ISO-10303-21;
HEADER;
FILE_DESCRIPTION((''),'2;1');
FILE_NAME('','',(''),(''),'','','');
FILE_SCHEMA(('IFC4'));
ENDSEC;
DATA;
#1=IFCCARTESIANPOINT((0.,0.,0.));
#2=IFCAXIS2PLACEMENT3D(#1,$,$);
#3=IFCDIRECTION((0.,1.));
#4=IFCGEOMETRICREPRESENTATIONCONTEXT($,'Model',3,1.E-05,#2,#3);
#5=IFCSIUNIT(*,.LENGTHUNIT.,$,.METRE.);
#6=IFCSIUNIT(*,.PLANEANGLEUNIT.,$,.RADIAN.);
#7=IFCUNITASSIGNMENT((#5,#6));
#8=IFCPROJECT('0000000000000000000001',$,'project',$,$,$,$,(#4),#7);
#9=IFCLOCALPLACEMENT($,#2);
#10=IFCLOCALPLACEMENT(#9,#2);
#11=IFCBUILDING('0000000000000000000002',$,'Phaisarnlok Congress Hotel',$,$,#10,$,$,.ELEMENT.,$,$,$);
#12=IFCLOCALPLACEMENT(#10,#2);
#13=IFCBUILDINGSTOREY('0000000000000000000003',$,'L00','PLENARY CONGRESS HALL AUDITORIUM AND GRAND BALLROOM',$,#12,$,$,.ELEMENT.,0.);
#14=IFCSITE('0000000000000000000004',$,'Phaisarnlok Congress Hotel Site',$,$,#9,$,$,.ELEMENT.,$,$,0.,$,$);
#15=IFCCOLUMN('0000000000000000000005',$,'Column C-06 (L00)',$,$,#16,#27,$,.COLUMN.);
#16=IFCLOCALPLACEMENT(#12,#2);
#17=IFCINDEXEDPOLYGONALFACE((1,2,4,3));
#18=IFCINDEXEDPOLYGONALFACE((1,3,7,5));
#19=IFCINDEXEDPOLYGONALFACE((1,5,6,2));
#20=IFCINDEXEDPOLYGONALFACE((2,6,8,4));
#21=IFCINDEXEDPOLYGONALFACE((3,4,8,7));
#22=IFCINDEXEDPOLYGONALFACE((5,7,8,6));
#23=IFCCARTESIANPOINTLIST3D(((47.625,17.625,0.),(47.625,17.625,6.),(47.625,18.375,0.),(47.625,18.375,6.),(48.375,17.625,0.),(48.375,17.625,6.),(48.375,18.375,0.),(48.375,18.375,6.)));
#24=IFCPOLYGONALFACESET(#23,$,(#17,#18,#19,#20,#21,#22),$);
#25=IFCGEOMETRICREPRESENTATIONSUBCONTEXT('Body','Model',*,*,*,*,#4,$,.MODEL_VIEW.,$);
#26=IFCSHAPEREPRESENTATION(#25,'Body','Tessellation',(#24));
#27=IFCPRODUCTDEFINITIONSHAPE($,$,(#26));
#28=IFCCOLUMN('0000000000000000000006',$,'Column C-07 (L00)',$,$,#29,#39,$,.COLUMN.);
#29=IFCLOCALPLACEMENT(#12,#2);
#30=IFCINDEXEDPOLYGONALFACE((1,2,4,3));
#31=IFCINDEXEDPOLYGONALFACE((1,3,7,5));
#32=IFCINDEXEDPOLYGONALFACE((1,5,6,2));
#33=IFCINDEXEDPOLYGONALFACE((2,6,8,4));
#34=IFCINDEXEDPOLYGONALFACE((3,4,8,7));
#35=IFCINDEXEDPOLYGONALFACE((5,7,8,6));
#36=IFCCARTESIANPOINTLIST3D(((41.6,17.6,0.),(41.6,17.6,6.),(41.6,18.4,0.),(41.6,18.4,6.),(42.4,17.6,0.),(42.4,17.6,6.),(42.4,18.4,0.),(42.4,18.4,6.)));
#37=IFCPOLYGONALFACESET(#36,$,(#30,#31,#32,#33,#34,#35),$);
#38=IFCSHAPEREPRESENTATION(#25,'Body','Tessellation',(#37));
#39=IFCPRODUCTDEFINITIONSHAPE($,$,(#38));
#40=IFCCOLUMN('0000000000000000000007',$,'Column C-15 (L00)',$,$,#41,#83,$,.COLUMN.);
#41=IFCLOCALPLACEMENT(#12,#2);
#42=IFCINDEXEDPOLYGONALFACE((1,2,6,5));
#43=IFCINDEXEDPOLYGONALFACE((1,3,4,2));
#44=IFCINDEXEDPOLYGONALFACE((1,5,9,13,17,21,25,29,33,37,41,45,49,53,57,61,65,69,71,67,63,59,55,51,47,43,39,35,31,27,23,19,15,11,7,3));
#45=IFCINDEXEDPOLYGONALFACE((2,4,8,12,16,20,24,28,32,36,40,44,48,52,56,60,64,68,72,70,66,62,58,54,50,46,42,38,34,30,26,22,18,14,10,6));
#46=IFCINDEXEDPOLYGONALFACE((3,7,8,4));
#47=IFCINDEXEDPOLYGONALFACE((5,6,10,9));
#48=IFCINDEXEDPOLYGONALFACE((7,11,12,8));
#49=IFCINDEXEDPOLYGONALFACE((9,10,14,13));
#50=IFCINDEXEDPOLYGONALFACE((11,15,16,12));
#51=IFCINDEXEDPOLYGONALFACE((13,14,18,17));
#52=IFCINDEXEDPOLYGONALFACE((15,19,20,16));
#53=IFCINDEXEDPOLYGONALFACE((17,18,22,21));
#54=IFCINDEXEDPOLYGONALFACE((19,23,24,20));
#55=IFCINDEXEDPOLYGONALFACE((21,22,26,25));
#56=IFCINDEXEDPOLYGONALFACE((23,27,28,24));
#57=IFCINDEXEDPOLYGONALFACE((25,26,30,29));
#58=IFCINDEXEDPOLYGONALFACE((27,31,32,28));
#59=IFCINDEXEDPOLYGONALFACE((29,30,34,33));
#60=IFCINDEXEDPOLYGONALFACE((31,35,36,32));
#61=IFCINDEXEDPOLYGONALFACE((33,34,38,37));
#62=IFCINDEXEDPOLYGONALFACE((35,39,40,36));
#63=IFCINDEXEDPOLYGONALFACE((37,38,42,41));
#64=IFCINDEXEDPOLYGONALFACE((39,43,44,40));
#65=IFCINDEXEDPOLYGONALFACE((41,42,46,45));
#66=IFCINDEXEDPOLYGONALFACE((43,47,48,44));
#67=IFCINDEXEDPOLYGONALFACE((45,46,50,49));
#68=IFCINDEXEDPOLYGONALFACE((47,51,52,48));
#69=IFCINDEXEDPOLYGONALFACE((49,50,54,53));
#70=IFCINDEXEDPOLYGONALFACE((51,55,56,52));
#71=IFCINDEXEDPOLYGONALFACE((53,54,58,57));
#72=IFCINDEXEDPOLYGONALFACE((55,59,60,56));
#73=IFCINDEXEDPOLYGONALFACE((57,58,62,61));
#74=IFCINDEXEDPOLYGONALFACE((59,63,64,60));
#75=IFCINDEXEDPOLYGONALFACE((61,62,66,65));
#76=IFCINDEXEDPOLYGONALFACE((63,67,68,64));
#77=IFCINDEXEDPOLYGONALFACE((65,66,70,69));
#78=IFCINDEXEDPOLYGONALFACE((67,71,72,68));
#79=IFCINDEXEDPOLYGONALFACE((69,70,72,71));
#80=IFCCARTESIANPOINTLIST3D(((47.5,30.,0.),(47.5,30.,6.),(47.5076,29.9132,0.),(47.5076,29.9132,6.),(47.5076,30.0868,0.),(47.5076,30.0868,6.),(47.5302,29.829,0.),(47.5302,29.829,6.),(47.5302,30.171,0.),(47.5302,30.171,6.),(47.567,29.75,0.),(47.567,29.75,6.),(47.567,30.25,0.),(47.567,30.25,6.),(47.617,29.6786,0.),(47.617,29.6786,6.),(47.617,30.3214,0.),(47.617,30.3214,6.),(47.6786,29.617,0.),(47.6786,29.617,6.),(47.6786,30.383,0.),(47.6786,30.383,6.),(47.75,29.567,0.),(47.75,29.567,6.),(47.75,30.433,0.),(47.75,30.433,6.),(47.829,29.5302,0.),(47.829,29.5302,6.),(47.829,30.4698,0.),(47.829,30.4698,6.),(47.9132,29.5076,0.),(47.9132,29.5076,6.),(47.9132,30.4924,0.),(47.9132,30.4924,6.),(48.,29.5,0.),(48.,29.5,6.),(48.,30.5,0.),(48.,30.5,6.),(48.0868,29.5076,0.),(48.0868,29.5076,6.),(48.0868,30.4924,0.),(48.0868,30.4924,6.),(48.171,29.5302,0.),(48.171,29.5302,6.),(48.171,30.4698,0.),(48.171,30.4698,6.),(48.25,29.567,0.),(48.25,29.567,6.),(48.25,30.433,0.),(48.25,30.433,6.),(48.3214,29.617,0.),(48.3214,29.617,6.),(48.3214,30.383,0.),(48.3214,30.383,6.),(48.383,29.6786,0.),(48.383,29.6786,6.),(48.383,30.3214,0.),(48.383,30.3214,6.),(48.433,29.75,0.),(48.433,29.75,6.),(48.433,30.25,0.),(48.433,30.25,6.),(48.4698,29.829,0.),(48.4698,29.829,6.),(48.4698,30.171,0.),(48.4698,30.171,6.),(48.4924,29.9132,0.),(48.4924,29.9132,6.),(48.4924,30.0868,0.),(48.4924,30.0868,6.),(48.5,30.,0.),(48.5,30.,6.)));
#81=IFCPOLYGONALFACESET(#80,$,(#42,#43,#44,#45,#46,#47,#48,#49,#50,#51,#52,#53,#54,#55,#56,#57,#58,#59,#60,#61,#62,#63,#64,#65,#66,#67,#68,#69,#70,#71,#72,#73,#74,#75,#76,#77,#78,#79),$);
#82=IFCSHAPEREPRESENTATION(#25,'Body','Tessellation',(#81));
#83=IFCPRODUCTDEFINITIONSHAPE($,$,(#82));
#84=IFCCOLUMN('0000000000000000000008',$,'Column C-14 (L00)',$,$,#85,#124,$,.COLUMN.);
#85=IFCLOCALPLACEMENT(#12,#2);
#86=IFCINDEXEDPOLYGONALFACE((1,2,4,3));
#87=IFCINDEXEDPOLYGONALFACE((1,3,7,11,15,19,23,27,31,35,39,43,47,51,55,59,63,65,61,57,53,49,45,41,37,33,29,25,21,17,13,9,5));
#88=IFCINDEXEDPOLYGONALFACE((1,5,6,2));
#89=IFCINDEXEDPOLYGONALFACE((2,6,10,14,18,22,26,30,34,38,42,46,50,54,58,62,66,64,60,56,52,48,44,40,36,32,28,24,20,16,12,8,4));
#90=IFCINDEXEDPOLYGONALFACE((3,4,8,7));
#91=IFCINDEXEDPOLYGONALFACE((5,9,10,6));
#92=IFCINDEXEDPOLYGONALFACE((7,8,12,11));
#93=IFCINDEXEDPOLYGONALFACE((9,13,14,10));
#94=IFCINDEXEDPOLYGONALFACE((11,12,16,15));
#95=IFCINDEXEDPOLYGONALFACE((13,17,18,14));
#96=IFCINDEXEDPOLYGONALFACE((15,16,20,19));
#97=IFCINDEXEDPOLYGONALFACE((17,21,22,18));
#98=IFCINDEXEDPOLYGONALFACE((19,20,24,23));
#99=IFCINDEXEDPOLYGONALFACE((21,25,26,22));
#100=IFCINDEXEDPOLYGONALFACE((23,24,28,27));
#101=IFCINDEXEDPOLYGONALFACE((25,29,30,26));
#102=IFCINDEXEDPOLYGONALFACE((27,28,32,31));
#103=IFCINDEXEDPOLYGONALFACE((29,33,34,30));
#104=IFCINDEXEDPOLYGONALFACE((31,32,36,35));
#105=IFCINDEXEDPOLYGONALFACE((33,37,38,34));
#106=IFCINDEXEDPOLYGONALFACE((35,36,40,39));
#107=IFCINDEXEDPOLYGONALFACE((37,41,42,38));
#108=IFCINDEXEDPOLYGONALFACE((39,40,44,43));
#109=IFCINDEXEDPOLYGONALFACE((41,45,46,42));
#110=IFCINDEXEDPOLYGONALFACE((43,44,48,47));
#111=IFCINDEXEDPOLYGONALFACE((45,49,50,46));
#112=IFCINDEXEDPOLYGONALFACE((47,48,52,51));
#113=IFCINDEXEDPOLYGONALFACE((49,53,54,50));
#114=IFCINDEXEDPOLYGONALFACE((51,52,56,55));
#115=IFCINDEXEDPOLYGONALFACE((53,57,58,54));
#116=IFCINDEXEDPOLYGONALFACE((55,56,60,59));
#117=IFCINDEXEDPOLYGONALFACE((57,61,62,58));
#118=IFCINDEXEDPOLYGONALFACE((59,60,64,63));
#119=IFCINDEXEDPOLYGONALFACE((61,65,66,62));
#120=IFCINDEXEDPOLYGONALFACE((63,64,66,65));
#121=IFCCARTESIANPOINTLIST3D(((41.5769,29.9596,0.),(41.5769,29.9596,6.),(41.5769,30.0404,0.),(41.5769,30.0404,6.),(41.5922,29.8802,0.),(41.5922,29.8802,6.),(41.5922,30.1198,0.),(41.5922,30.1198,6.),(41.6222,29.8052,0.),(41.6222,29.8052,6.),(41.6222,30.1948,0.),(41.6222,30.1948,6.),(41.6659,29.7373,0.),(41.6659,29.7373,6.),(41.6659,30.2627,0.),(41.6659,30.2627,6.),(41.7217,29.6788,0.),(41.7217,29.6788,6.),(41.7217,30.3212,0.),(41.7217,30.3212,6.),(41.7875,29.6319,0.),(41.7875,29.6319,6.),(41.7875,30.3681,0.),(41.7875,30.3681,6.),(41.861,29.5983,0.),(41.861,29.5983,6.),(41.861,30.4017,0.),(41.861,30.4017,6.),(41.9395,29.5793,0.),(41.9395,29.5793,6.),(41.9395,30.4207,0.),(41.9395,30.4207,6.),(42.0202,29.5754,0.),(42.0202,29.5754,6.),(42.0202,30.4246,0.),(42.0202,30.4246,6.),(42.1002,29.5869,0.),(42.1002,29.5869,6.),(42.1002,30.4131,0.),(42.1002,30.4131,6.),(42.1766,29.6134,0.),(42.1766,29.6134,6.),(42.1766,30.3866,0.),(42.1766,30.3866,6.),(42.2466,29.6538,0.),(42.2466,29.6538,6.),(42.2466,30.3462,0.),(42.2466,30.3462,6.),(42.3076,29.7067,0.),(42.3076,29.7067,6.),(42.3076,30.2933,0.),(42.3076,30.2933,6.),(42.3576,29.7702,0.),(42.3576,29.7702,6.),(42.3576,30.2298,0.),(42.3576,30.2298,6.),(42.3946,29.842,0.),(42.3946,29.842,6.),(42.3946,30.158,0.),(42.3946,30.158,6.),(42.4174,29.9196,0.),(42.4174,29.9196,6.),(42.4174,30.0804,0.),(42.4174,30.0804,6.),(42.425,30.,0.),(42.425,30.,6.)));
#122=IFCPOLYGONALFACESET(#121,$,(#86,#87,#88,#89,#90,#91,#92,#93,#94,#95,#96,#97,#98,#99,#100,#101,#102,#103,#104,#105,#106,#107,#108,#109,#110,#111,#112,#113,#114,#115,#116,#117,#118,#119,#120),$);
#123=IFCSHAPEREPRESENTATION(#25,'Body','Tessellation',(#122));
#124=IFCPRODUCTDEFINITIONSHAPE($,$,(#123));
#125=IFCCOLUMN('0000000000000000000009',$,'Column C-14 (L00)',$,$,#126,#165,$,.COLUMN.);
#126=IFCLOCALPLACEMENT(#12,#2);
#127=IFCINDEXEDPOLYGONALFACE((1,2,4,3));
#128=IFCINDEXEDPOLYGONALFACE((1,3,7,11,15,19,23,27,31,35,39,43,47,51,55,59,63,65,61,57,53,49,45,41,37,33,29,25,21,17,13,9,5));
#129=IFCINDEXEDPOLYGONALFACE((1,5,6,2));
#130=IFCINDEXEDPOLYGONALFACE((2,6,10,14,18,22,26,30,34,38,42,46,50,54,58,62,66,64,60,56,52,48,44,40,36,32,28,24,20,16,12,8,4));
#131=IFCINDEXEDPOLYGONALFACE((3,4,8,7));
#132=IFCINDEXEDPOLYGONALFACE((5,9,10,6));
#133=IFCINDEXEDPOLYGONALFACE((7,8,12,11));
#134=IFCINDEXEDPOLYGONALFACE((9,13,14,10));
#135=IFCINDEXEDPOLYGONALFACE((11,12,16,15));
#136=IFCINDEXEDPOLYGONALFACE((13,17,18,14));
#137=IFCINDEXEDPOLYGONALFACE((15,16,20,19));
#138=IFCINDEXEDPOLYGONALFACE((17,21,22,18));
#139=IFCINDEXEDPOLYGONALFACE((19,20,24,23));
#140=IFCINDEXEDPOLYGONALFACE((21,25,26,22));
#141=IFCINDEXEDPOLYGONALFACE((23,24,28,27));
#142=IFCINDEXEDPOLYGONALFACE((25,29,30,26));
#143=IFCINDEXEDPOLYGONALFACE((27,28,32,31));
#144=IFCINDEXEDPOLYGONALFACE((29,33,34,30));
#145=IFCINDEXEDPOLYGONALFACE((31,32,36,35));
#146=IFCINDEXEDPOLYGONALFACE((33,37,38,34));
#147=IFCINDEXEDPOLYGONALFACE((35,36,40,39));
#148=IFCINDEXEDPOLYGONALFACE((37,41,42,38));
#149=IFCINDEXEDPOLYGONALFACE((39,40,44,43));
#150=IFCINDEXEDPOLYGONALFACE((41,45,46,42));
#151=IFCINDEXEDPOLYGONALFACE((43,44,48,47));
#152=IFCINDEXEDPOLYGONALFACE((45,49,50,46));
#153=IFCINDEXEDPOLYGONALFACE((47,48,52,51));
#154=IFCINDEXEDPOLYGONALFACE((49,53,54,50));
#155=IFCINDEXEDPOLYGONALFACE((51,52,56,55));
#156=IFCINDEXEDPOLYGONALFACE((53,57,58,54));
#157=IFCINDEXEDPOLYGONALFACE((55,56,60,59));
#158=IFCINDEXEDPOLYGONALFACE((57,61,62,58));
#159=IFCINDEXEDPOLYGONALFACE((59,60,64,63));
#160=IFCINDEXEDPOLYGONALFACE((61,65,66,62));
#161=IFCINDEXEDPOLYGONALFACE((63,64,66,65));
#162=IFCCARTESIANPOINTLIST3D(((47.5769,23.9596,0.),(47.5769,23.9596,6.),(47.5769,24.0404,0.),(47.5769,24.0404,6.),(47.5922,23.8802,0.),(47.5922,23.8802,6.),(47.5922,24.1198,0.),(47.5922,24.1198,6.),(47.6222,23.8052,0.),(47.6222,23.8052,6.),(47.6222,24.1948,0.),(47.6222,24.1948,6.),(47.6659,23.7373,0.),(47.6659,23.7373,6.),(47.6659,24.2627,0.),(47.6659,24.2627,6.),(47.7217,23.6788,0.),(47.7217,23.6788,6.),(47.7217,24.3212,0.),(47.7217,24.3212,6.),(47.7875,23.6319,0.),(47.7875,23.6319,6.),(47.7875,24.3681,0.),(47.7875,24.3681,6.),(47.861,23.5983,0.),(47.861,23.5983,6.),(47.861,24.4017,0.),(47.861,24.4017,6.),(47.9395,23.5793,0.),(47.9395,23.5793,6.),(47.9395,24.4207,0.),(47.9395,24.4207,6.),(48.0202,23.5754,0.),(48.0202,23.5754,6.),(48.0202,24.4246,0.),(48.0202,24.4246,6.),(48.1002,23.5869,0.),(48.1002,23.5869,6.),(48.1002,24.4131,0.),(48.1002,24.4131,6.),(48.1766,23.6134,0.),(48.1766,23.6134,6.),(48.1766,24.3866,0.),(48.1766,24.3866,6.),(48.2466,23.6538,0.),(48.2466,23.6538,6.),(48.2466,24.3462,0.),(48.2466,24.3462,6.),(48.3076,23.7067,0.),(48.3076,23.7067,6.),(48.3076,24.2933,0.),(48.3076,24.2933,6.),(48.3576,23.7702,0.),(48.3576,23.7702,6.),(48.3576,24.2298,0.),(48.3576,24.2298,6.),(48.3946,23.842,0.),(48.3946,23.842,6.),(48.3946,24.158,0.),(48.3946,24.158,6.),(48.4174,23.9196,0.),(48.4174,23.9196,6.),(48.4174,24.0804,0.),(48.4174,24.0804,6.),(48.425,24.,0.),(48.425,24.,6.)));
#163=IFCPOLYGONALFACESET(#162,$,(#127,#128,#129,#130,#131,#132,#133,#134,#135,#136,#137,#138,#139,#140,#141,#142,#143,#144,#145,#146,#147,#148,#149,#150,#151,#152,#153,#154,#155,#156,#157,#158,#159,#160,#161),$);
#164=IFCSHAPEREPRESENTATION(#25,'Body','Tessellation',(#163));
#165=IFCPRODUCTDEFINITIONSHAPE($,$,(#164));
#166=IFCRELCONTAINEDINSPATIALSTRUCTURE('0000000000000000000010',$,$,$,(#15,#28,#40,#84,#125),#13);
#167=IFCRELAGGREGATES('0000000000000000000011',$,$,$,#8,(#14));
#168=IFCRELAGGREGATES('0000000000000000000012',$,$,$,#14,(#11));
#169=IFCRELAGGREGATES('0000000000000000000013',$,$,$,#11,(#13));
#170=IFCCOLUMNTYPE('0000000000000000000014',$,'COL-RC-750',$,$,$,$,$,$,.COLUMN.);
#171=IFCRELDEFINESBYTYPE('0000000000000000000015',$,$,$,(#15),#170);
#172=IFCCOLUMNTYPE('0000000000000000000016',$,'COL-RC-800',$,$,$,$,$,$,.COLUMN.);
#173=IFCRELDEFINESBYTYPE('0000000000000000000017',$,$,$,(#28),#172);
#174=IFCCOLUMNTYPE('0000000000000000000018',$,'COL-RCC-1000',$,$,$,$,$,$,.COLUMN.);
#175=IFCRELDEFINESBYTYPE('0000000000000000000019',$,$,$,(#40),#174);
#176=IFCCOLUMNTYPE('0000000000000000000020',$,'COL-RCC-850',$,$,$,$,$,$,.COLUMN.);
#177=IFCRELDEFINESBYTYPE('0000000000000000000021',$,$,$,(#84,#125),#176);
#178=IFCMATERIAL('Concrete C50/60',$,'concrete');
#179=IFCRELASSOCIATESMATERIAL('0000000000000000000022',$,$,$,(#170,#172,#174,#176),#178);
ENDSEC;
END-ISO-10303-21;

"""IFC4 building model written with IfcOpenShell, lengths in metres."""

from ifc_helpers import new_model, si_unit, direction, frame, origin, origin_2d, place, context, subcontext, project, spatial, rectangle, circle, extrude, material, material_profile, profile_set, type_object, element, save


model = new_model("IFC4")

# Units and contexts
model_context = context("Model", 3, precision=1e-05, world=origin(), true_north=direction((0.0, 1.0)))
body_context = subcontext(model_context, "Body", "Model", "MODEL_VIEW")
ifc_project = project(units=[si_unit("LENGTHUNIT", "METRE"), si_unit("PLANEANGLEUNIT", "RADIAN")], contexts=[model_context])

# Site, building, storey
site_placement = place(None, origin())
site = spatial("IfcSite", under=ifc_project, at=site_placement, Name="Phaisarnlok Congress Hotel Site", CompositionType="ELEMENT", RefElevation=0.0)
building_placement = place(site_placement, origin())
building = spatial("IfcBuilding", under=site, at=building_placement, Name="Phaisarnlok Congress Hotel", CompositionType="ELEMENT")
storey_placement = place(building_placement, origin())
storey = spatial("IfcBuildingStorey", under=building, at=storey_placement, Name="L00", Description="PLENARY CONGRESS HALL AUDITORIUM AND GRAND BALLROOM", CompositionType="ELEMENT", Elevation=0.0)

# Columns
ifc_material_1 = material(Name="Concrete C50/60", Category="concrete")
ifc_material_profile_1 = material_profile(ifc_material_1, rectangle(XDim=0.75, YDim=0.75, at=origin_2d()), Name="RC 750x750")
ifc_profile_set_1 = profile_set([ifc_material_profile_1], Name="Concrete C50/60")
column_type_1 = type_object("IfcColumnType", Name="COL-RC-750", PredefinedType="COLUMN", material=ifc_profile_set_1)
column_1_placement = place(storey_placement, frame((48.0, 18.0, 0.0), z_axis=(0.0, 0.0, 1.0), x_axis=(1.0, 0.0, 0.0)))
element("IfcColumn", 1, at=column_1_placement, inside=storey, type_object=column_type_1, Name="Column C-06 (L00)", PredefinedType="COLUMN", context=body_context, shape_type="SweptSolid", body=[
    extrude(rectangle(XDim=0.75, YDim=0.75, at=origin_2d()), origin(), (0.0, 0.0, 1.0), 6.0),
])
ifc_material_profile_2 = material_profile(ifc_material_1, rectangle(XDim=0.8, YDim=0.8, at=origin_2d()), Name="RC 800x800")
ifc_profile_set_2 = profile_set([ifc_material_profile_2], Name="Concrete C50/60")
column_type_2 = type_object("IfcColumnType", Name="COL-RC-800", PredefinedType="COLUMN", material=ifc_profile_set_2)
column_2_placement = place(storey_placement, frame((42.0, 18.0, 0.0), z_axis=(0.0, 0.0, 1.0), x_axis=(1.0, 0.0, 0.0)))
element("IfcColumn", 2, at=column_2_placement, inside=storey, type_object=column_type_2, Name="Column C-07 (L00)", PredefinedType="COLUMN", context=body_context, shape_type="SweptSolid", body=[
    extrude(rectangle(XDim=0.8, YDim=0.8, at=origin_2d()), origin(), (0.0, 0.0, 1.0), 6.0),
])
ifc_material_profile_3 = material_profile(ifc_material_1, circle(Radius=0.5, at=origin_2d()), Name="RCC D1000")
ifc_profile_set_3 = profile_set([ifc_material_profile_3], Name="Concrete C50/60")
column_type_3 = type_object("IfcColumnType", Name="COL-RCC-1000", PredefinedType="COLUMN", material=ifc_profile_set_3)
column_3_placement = place(storey_placement, frame((48.0, 30.0, 0.0), z_axis=(0.0, 0.0, 1.0), x_axis=(1.0, 0.0, 0.0)))
element("IfcColumn", 3, at=column_3_placement, inside=storey, type_object=column_type_3, Name="Column C-15 (L00)", PredefinedType="COLUMN", context=body_context, shape_type="SweptSolid", body=[
    extrude(circle(Radius=0.5, at=origin_2d()), origin(), (0.0, 0.0, 1.0), 6.0),
])
ifc_material_profile_4 = material_profile(ifc_material_1, circle(Radius=0.425, at=origin_2d()), Name="RCC D850")
ifc_profile_set_4 = profile_set([ifc_material_profile_4], Name="Concrete C50/60")
column_type_4 = type_object("IfcColumnType", Name="COL-RCC-850", PredefinedType="COLUMN", material=ifc_profile_set_4)
for number, where, z_axis, x_axis, name in (
    (4, (42.0, 30.0, 0.0), (0.0, 0.0, 1.0), (1.0, 0.0, 0.0), "Column C-14 (L00)"),
    (5, (48.0, 24.0, 0.0), (0.0, 0.0, 1.0), (1.0, 0.0, 0.0), "Column C-14 (L00)"),
):
    element("IfcColumn", number, at=place(storey_placement, frame(where, z_axis=z_axis, x_axis=x_axis)), inside=storey, type_object=column_type_4, Name=name, PredefinedType="COLUMN", context=body_context, shape_type="SweptSolid", body=[
        extrude(circle(Radius=0.425, at=origin_2d()), origin(), (0.0, 0.0, 1.0), 6.0),
    ])

save(model, "model.ifc")
